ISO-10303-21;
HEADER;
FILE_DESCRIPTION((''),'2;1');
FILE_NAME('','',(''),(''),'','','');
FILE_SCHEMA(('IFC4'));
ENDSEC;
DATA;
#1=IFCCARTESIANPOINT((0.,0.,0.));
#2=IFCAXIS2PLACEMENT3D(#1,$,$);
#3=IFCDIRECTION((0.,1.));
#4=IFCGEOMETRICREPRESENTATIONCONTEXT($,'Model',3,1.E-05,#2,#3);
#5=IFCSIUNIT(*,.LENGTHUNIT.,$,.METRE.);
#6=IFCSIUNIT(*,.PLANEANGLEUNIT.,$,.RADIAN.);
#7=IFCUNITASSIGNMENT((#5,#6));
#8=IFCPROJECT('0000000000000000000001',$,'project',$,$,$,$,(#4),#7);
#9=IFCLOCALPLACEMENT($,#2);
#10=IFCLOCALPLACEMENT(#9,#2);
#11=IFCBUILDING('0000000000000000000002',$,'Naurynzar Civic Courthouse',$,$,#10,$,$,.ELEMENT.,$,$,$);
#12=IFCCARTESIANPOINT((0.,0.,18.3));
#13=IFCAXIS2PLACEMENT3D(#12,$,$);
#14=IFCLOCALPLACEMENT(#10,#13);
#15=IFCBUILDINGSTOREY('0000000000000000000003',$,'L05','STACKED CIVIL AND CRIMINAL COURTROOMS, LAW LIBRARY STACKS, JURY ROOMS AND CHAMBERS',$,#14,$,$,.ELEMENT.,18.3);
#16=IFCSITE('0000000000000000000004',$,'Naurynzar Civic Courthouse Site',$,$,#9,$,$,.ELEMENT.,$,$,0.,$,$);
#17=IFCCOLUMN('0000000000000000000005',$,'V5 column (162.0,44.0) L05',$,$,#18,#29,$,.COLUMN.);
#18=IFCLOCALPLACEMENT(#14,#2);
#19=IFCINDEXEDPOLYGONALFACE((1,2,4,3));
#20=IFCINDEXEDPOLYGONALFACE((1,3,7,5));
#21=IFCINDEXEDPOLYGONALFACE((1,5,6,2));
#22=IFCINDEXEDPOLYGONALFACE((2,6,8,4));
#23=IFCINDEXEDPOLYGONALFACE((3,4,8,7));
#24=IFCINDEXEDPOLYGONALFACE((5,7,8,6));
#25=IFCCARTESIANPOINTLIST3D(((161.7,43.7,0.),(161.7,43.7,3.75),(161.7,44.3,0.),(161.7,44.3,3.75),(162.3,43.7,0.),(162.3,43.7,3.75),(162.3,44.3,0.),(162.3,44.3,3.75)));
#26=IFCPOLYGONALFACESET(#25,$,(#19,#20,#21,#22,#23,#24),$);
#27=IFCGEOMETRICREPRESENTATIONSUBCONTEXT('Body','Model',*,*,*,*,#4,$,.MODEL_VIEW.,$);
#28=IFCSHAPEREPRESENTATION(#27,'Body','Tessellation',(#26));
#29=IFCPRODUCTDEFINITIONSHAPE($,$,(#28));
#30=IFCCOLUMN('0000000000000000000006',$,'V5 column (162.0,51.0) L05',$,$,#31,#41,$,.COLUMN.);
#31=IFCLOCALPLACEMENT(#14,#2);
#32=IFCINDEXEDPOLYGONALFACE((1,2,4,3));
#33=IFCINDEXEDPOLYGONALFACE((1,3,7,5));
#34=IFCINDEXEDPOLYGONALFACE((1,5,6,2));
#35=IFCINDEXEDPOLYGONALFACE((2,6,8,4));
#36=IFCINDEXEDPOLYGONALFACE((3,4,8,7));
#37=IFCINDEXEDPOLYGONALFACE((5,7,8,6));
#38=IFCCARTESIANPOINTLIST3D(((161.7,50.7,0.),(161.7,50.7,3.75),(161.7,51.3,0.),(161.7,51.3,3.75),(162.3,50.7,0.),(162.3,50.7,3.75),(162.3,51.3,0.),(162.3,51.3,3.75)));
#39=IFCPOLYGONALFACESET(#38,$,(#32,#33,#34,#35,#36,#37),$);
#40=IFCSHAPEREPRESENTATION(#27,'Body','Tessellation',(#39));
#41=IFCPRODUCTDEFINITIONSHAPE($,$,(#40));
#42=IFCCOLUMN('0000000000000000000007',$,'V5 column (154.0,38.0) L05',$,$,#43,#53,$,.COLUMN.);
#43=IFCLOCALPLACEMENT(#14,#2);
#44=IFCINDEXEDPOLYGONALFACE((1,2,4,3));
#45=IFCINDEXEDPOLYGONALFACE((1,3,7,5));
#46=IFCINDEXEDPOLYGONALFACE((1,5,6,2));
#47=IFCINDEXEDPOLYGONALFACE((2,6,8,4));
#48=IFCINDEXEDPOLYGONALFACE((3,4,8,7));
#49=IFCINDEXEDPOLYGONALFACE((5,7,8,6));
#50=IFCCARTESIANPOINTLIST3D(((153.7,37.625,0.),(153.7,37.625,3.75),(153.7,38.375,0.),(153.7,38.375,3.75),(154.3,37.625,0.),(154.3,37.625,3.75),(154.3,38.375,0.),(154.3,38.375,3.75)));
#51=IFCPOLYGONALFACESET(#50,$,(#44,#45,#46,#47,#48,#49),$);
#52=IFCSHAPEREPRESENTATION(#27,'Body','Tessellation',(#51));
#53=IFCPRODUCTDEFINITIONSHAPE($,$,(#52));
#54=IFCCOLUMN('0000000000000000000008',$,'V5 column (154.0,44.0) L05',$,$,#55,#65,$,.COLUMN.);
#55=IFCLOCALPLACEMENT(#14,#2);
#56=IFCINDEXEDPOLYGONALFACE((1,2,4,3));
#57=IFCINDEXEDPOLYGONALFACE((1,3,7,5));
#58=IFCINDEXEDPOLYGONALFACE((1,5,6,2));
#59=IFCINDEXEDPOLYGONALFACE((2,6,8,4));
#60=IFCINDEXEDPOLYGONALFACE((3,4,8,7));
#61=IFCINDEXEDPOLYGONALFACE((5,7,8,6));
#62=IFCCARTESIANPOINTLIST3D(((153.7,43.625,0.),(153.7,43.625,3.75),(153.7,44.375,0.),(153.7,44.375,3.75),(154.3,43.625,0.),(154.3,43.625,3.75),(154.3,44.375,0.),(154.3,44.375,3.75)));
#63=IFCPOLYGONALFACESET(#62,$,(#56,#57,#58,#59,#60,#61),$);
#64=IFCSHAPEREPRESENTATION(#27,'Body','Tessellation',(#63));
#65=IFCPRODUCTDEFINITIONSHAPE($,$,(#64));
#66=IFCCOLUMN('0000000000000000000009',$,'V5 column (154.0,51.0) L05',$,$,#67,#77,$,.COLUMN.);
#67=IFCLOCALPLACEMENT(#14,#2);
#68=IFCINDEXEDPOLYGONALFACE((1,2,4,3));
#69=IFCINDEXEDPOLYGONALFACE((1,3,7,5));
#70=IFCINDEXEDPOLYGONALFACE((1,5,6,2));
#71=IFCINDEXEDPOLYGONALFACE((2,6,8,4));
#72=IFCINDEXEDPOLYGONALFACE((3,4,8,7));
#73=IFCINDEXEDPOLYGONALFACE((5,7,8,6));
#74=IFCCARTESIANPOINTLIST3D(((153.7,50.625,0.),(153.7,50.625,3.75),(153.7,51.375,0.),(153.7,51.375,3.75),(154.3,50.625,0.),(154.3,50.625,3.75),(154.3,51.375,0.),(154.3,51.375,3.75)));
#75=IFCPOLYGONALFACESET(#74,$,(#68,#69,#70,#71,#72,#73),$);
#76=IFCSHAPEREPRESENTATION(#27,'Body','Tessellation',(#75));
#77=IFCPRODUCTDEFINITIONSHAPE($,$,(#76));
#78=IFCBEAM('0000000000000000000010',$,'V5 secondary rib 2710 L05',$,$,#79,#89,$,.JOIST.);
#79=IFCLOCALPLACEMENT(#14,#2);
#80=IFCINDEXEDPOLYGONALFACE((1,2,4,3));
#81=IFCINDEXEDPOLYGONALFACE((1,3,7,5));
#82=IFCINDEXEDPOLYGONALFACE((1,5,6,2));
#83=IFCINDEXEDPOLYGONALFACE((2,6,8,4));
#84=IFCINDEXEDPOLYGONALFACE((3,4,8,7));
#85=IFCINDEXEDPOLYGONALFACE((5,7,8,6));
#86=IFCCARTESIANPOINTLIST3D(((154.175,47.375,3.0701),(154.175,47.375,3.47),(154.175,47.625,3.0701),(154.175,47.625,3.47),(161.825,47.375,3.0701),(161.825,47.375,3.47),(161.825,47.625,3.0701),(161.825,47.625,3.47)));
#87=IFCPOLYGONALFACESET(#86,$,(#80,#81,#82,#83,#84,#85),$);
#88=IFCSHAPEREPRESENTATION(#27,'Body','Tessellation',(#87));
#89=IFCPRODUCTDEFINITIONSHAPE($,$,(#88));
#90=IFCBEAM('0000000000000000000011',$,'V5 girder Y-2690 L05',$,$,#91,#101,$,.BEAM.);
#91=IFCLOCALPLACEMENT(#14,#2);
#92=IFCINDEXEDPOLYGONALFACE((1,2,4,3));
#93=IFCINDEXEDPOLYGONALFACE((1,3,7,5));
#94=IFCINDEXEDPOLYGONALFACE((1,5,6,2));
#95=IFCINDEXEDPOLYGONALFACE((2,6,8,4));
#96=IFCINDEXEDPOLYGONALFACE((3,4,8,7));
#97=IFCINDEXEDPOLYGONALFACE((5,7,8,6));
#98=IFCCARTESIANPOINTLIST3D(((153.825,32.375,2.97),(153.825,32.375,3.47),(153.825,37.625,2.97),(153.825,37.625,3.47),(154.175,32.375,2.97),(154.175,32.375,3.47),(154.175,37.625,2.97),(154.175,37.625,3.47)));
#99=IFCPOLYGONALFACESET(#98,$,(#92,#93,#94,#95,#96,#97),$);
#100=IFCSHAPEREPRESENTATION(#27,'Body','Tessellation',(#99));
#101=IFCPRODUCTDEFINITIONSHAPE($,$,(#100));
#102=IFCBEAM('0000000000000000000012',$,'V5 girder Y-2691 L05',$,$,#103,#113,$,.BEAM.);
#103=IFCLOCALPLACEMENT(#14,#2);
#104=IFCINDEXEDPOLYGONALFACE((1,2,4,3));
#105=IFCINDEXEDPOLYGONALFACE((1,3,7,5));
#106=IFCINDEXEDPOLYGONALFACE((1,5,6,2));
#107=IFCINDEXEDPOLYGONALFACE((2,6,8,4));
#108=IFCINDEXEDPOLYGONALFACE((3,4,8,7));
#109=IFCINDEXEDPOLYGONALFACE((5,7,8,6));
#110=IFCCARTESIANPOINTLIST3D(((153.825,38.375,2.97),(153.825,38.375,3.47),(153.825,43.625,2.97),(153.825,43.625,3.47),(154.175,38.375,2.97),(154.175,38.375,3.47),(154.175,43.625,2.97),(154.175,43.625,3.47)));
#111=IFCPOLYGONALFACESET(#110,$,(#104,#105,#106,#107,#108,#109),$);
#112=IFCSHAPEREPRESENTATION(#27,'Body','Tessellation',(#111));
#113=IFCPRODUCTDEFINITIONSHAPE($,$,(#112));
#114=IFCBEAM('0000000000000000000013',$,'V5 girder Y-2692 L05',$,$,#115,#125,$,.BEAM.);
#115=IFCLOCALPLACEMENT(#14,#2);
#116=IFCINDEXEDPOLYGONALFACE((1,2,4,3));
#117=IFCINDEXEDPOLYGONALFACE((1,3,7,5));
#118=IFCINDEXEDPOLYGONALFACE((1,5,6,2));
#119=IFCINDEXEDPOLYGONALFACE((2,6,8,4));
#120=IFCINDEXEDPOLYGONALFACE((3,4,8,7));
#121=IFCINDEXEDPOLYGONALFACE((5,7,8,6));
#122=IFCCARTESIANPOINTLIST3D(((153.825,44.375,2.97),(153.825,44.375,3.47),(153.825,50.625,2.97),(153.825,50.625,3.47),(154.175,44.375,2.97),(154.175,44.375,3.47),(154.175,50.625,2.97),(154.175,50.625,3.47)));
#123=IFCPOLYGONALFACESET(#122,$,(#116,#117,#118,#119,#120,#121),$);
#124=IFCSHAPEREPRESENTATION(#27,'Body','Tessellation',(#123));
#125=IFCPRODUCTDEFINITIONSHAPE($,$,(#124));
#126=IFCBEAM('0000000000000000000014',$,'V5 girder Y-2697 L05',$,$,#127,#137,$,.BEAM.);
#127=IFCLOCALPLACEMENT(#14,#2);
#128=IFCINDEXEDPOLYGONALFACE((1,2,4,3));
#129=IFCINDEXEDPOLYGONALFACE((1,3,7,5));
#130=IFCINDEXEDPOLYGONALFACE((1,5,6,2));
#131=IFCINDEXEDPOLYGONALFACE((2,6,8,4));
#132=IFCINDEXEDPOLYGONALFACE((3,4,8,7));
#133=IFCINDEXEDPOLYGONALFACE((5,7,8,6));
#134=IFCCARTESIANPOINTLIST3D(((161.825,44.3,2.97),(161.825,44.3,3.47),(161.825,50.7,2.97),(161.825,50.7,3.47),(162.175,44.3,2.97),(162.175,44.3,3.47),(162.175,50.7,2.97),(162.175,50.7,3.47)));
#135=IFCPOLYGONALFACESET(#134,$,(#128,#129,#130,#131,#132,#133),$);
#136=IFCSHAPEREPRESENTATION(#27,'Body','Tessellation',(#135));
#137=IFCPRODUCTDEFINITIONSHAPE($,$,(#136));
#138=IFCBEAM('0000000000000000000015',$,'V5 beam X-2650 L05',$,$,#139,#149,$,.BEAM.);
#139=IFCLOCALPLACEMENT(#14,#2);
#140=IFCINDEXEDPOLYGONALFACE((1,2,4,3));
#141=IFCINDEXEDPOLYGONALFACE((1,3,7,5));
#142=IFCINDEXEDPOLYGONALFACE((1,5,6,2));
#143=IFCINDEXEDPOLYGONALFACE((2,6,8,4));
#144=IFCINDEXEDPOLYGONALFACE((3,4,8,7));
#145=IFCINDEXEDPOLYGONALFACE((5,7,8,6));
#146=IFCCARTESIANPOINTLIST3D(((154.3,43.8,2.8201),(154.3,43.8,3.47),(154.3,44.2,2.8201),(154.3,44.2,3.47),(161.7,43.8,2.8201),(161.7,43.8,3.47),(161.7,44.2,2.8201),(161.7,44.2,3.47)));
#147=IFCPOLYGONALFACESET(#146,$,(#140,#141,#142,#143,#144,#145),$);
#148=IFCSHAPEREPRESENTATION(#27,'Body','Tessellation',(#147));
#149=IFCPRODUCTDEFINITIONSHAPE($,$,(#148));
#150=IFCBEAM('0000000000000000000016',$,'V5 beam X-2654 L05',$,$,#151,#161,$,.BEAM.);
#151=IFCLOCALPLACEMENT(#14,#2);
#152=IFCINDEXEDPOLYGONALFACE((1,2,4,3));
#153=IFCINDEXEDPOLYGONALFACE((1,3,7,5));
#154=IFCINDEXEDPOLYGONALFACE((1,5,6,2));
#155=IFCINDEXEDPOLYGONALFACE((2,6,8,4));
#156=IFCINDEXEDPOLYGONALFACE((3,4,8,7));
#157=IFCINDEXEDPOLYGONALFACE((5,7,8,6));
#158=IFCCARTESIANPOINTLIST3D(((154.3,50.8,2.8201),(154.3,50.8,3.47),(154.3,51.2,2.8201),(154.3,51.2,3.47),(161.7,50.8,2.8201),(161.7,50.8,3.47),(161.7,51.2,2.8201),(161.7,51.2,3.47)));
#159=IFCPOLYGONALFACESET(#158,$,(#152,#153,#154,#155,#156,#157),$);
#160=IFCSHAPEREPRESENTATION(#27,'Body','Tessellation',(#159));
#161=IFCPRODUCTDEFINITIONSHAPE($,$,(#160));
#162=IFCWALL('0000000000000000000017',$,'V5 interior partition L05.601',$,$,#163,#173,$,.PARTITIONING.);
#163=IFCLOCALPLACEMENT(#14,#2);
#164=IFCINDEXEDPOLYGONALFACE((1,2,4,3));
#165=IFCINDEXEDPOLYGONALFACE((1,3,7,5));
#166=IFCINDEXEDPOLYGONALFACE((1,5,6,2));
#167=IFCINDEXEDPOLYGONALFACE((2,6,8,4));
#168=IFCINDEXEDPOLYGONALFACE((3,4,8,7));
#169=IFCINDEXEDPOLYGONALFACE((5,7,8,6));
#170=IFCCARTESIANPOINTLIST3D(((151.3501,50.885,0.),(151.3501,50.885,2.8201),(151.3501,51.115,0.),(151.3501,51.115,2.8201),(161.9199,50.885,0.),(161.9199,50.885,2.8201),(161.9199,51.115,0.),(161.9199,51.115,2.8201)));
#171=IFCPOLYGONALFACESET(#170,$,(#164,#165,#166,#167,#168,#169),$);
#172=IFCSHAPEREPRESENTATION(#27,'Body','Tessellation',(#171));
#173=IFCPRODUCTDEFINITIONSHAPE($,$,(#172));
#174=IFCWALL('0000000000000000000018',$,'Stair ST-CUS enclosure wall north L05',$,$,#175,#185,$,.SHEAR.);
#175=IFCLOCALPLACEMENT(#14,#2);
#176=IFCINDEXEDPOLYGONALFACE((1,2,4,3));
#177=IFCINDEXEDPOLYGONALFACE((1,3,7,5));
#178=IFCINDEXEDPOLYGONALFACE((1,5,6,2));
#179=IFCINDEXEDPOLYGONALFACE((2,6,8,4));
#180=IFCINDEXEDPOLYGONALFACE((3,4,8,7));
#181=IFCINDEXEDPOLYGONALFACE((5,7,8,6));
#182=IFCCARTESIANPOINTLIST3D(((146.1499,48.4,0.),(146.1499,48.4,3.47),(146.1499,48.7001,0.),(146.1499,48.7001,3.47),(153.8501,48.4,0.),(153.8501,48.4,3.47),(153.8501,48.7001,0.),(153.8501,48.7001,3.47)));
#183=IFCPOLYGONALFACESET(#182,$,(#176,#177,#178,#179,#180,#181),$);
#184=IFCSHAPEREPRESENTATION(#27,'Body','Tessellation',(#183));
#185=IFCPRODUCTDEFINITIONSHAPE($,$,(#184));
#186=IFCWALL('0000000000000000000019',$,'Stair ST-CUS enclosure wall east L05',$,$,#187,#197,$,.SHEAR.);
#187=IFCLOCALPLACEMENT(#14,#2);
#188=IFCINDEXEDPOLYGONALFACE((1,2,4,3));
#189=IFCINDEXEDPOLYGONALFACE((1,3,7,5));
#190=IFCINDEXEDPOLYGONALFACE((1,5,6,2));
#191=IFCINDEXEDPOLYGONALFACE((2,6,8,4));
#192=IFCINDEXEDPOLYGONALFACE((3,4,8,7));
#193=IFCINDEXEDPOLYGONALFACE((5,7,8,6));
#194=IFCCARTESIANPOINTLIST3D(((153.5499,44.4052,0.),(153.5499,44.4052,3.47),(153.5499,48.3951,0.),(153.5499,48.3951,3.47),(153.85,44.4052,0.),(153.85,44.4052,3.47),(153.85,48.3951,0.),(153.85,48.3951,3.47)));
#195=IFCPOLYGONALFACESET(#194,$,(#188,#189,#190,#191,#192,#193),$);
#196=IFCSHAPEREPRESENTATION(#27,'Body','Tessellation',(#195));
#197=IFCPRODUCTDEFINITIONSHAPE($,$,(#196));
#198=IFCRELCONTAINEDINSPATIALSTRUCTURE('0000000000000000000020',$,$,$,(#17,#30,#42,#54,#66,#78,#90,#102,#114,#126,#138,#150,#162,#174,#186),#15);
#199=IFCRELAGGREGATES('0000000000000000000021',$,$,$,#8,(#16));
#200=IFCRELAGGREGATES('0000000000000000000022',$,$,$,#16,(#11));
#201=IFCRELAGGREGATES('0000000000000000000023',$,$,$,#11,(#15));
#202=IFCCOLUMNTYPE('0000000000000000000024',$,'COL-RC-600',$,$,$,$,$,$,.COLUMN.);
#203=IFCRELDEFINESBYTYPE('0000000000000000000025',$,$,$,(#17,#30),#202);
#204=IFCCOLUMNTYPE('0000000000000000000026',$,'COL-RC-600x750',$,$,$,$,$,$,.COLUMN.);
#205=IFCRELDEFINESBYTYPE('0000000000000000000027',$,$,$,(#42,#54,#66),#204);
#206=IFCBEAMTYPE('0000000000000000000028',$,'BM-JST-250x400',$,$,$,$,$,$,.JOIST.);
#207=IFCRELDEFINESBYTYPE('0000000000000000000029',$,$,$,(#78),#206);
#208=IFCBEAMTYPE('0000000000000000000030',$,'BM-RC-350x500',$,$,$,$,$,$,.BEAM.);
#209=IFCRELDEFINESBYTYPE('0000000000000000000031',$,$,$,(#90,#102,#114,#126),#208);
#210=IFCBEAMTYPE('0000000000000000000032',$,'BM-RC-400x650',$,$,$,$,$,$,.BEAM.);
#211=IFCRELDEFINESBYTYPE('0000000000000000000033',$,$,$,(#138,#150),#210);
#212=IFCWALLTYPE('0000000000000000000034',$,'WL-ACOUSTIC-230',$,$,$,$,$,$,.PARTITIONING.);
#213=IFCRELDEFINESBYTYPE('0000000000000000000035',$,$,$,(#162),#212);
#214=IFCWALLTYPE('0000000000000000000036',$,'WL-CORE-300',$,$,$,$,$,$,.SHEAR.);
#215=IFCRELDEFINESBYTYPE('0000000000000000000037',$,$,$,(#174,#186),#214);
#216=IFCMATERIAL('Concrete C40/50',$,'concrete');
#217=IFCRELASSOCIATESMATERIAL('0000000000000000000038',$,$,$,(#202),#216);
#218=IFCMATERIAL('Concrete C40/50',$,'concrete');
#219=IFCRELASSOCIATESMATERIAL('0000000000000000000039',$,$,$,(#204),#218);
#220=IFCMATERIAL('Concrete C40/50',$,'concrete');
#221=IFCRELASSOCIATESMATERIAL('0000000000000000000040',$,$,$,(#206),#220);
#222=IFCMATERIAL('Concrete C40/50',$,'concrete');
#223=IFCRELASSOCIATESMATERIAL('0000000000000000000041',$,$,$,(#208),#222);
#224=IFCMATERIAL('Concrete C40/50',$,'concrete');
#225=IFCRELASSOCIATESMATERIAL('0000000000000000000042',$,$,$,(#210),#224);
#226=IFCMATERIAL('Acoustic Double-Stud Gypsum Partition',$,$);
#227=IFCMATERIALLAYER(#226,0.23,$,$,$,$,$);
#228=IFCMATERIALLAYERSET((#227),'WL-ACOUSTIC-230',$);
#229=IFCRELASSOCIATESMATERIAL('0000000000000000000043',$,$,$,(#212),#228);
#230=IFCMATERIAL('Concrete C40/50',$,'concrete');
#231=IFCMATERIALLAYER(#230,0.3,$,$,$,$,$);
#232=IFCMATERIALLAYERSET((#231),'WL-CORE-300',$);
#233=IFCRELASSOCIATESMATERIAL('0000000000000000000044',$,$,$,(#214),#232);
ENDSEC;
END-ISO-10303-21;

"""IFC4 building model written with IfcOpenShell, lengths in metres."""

from ifc_helpers import new_model, si_unit, direction, frame, frame_2d, origin, origin_2d, place, context, subcontext, project, spatial, rectangle, extrude, material, layer, layer_set, material_profile, profile_set, type_object, element, save


model = new_model("IFC4")

# Units and contexts
model_context = context("Model", 3, precision=1e-05, world=origin(), true_north=direction((0.0, 1.0)))
body_context = subcontext(model_context, "Body", "Model", "MODEL_VIEW")
ifc_project = project(units=[si_unit("LENGTHUNIT", "METRE"), si_unit("PLANEANGLEUNIT", "RADIAN")], contexts=[model_context])

# Site, building, storey
site_placement = place(None, origin())
site = spatial("IfcSite", under=ifc_project, at=site_placement, Name="Naurynzar Civic Courthouse Site", CompositionType="ELEMENT", RefElevation=0.0)
building_placement = place(site_placement, origin())
building = spatial("IfcBuilding", under=site, at=building_placement, Name="Naurynzar Civic Courthouse", CompositionType="ELEMENT")
storey_placement = place(building_placement, frame((0.0, 0.0, 18.3)))
storey = spatial("IfcBuildingStorey", under=building, at=storey_placement, Name="L05", Description="STACKED CIVIL AND CRIMINAL COURTROOMS, LAW LIBRARY STACKS, JURY ROOMS AND CHAMBERS", CompositionType="ELEMENT", Elevation=18.3)

# Columns
ifc_material_1 = material(Name="Concrete C40/50", Category="concrete")
ifc_material_profile_1 = material_profile(ifc_material_1, rectangle(XDim=0.6001, YDim=0.6001, at=origin_2d()), Name="RC 600x600")
ifc_profile_set_1 = profile_set([ifc_material_profile_1], Name="Concrete C40/50")
column_type_1 = type_object("IfcColumnType", Name="COL-RC-600", PredefinedType="COLUMN", material=ifc_profile_set_1)
for number, where, z_axis, x_axis, name in (
    (1, (162.0, 44.0, 0.0), (0.0, 0.0, 1.0), (1.0, 0.0, 0.0), "V5 column (162.0,44.0) L05"),
    (2, (162.0, 51.0, 0.0), (0.0, 0.0, 1.0), (1.0, 0.0, 0.0), "V5 column (162.0,51.0) L05"),
):
    element("IfcColumn", number, at=place(storey_placement, frame(where, z_axis=z_axis, x_axis=x_axis)), inside=storey, type_object=column_type_1, Name=name, PredefinedType="COLUMN", context=body_context, shape_type="SweptSolid", body=[
        extrude(rectangle(XDim=0.6001, YDim=0.6001, at=origin_2d()), origin(), (0.0, 0.0, 1.0), 3.75),
    ])
ifc_material_2 = material(Name="Concrete C40/50", Category="concrete")
ifc_material_profile_2 = material_profile(ifc_material_2, rectangle(XDim=0.6001, YDim=0.75, at=origin_2d()), Name="RC 600x750")
ifc_profile_set_2 = profile_set([ifc_material_profile_2], Name="Concrete C40/50")
column_type_2 = type_object("IfcColumnType", Name="COL-RC-600x750", PredefinedType="COLUMN", material=ifc_profile_set_2)
for number, where, z_axis, x_axis, name in (
    (3, (154.0, 38.0, 0.0), (0.0, 0.0, 1.0), (1.0, 0.0, 0.0), "V5 column (154.0,38.0) L05"),
    (4, (154.0, 44.0, 0.0), (0.0, 0.0, 1.0), (1.0, 0.0, 0.0), "V5 column (154.0,44.0) L05"),
    (5, (154.0, 51.0, 0.0), (0.0, 0.0, 1.0), (1.0, 0.0, 0.0), "V5 column (154.0,51.0) L05"),
):
    element("IfcColumn", number, at=place(storey_placement, frame(where, z_axis=z_axis, x_axis=x_axis)), inside=storey, type_object=column_type_2, Name=name, PredefinedType="COLUMN", context=body_context, shape_type="SweptSolid", body=[
        extrude(rectangle(XDim=0.6001, YDim=0.75, at=origin_2d()), origin(), (0.0, 0.0, 1.0), 3.75),
    ])

# Beams
ifc_material_3 = material(Name="Concrete C40/50", Category="concrete")
ifc_material_profile_3 = material_profile(ifc_material_3, rectangle(XDim=0.25, YDim=0.3999, at=origin_2d()), Name="RCB 250x400")
ifc_profile_set_3 = profile_set([ifc_material_profile_3], Name="Concrete C40/50")
beam_type_1 = type_object("IfcBeamType", Name="BM-JST-250x400", PredefinedType="JOIST", material=ifc_profile_set_3)
beam_1_placement = place(storey_placement, frame((154.175, 47.5, 3.27), z_axis=(1.0, 0.0, 0.0), x_axis=(0.0, 1.0, 0.0)))
element("IfcBeam", 6, at=beam_1_placement, inside=storey, type_object=beam_type_1, Name="V5 secondary rib 2710 L05", PredefinedType="JOIST", context=body_context, shape_type="SweptSolid", body=[
    extrude(rectangle(XDim=0.25, YDim=0.3999, at=origin_2d()), origin(), (0.0, 0.0, 1.0), 7.6499),
])
ifc_material_4 = material(Name="Concrete C40/50", Category="concrete")
ifc_material_profile_4 = material_profile(ifc_material_4, rectangle(XDim=0.3501, YDim=0.5, at=origin_2d()), Name="RCB 350x500")
ifc_profile_set_4 = profile_set([ifc_material_profile_4], Name="Concrete C40/50")
beam_type_2 = type_object("IfcBeamType", Name="BM-RC-350x500", PredefinedType="BEAM", material=ifc_profile_set_4)
for number, where, z_axis, x_axis, name in (
    (7, (154.0, 32.375, 3.22), (0.0, 1.0, 0.0), (-1.0, 0.0, 0.0), "V5 girder Y-2690 L05"),
    (8, (154.0, 38.375, 3.22), (0.0, 1.0, 0.0), (-1.0, 0.0, 0.0), "V5 girder Y-2691 L05"),
):
    element("IfcBeam", number, at=place(storey_placement, frame(where, z_axis=z_axis, x_axis=x_axis)), inside=storey, type_object=beam_type_2, Name=name, PredefinedType="BEAM", context=body_context, shape_type="SweptSolid", body=[
        extrude(rectangle(XDim=0.3501, YDim=0.5, at=origin_2d()), origin(), (0.0, 0.0, 1.0), 5.25),
    ])
beam_2_placement = place(storey_placement, frame((154.0, 44.375, 3.22), z_axis=(0.0, 1.0, 0.0), x_axis=(-1.0, 0.0, 0.0)))
element("IfcBeam", 9, at=beam_2_placement, inside=storey, type_object=beam_type_2, Name="V5 girder Y-2692 L05", PredefinedType="BEAM", context=body_context, shape_type="SweptSolid", body=[
    extrude(rectangle(XDim=0.3501, YDim=0.5, at=origin_2d()), origin(), (0.0, 0.0, 1.0), 6.25),
])
beam_3_placement = place(storey_placement, frame((162.0, 44.3, 3.22), z_axis=(0.0, 1.0, 0.0), x_axis=(-1.0, 0.0, 0.0)))
element("IfcBeam", 10, at=beam_3_placement, inside=storey, type_object=beam_type_2, Name="V5 girder Y-2697 L05", PredefinedType="BEAM", context=body_context, shape_type="SweptSolid", body=[
    extrude(rectangle(XDim=0.3501, YDim=0.5, at=origin_2d()), origin(), (0.0, 0.0, 1.0), 6.3999),
])
ifc_material_5 = material(Name="Concrete C40/50", Category="concrete")
ifc_material_profile_5 = material_profile(ifc_material_5, rectangle(XDim=0.3999, YDim=0.6499, at=origin_2d()), Name="RCB 400x650")
ifc_profile_set_5 = profile_set([ifc_material_profile_5], Name="Concrete C40/50")
beam_type_3 = type_object("IfcBeamType", Name="BM-RC-400x650", PredefinedType="BEAM", material=ifc_profile_set_5)
for number, where, z_axis, x_axis, name in (
    (11, (154.3, 44.0, 3.145), (1.0, 0.0, 0.0), (0.0, 1.0, 0.0), "V5 beam X-2650 L05"),
    (12, (154.3, 51.0, 3.145), (1.0, 0.0, 0.0), (0.0, 1.0, 0.0), "V5 beam X-2654 L05"),
):
    element("IfcBeam", number, at=place(storey_placement, frame(where, z_axis=z_axis, x_axis=x_axis)), inside=storey, type_object=beam_type_3, Name=name, PredefinedType="BEAM", context=body_context, shape_type="SweptSolid", body=[
        extrude(rectangle(XDim=0.3999, YDim=0.6499, at=origin_2d()), origin(), (0.0, 0.0, 1.0), 7.3999),
    ])

# Walls
ifc_material_6 = material(Name="Acoustic Double-Stud Gypsum Partition")
ifc_layer_1 = layer(ifc_material_6, 0.23)
ifc_layer_set_1 = layer_set([ifc_layer_1], Name="WL-ACOUSTIC-230")
wall_type_1 = type_object("IfcWallType", Name="WL-ACOUSTIC-230", PredefinedType="PARTITIONING", material=ifc_layer_set_1)
wall_1_placement = place(storey_placement, frame((151.3501, 51.0, 0.0), z_axis=(0.0, 0.0, 1.0), x_axis=(1.0, 0.0, 0.0)))
element("IfcWall", 13, at=wall_1_placement, inside=storey, type_object=wall_type_1, Name="V5 interior partition L05.601", PredefinedType="PARTITIONING", context=body_context, shape_type="SweptSolid", body=[
    extrude(rectangle(XDim=10.5698, YDim=0.23, at=frame_2d((5.2849, 0.0))), origin(), (0.0, 0.0, 1.0), 2.8201),
])
ifc_material_7 = material(Name="Concrete C40/50", Category="concrete")
ifc_layer_2 = layer(ifc_material_7, 0.3)
ifc_layer_set_2 = layer_set([ifc_layer_2], Name="WL-CORE-300")
wall_type_2 = type_object("IfcWallType", Name="WL-CORE-300", PredefinedType="SHEAR", material=ifc_layer_set_2)
wall_2_placement = place(storey_placement, frame((153.8501, 48.55, 0.0), z_axis=(0.0, 0.0, 1.0), x_axis=(-1.0, 0.0, 0.0)))
element("IfcWall", 14, at=wall_2_placement, inside=storey, type_object=wall_type_2, Name="Stair ST-CUS enclosure wall north L05", PredefinedType="SHEAR", context=body_context, shape_type="SweptSolid", body=[
    extrude(rectangle(XDim=7.7002, YDim=0.3, at=frame_2d((3.8501, 0.0))), origin(), (0.0, 0.0, 1.0), 3.47),
])
wall_3_placement = place(storey_placement, frame((153.7, 44.405, 0.0), z_axis=(0.0, 0.0, 1.0), x_axis=(0.0, 1.0, 0.0)))
element("IfcWall", 15, at=wall_3_placement, inside=storey, type_object=wall_type_2, Name="Stair ST-CUS enclosure wall east L05", PredefinedType="SHEAR", context=body_context, shape_type="SweptSolid", body=[
    extrude(rectangle(XDim=3.99, YDim=0.3, at=frame_2d((1.9951, 0.0))), origin(), (0.0, 0.0, 1.0), 3.47),
])

save(model, "model.ifc")
